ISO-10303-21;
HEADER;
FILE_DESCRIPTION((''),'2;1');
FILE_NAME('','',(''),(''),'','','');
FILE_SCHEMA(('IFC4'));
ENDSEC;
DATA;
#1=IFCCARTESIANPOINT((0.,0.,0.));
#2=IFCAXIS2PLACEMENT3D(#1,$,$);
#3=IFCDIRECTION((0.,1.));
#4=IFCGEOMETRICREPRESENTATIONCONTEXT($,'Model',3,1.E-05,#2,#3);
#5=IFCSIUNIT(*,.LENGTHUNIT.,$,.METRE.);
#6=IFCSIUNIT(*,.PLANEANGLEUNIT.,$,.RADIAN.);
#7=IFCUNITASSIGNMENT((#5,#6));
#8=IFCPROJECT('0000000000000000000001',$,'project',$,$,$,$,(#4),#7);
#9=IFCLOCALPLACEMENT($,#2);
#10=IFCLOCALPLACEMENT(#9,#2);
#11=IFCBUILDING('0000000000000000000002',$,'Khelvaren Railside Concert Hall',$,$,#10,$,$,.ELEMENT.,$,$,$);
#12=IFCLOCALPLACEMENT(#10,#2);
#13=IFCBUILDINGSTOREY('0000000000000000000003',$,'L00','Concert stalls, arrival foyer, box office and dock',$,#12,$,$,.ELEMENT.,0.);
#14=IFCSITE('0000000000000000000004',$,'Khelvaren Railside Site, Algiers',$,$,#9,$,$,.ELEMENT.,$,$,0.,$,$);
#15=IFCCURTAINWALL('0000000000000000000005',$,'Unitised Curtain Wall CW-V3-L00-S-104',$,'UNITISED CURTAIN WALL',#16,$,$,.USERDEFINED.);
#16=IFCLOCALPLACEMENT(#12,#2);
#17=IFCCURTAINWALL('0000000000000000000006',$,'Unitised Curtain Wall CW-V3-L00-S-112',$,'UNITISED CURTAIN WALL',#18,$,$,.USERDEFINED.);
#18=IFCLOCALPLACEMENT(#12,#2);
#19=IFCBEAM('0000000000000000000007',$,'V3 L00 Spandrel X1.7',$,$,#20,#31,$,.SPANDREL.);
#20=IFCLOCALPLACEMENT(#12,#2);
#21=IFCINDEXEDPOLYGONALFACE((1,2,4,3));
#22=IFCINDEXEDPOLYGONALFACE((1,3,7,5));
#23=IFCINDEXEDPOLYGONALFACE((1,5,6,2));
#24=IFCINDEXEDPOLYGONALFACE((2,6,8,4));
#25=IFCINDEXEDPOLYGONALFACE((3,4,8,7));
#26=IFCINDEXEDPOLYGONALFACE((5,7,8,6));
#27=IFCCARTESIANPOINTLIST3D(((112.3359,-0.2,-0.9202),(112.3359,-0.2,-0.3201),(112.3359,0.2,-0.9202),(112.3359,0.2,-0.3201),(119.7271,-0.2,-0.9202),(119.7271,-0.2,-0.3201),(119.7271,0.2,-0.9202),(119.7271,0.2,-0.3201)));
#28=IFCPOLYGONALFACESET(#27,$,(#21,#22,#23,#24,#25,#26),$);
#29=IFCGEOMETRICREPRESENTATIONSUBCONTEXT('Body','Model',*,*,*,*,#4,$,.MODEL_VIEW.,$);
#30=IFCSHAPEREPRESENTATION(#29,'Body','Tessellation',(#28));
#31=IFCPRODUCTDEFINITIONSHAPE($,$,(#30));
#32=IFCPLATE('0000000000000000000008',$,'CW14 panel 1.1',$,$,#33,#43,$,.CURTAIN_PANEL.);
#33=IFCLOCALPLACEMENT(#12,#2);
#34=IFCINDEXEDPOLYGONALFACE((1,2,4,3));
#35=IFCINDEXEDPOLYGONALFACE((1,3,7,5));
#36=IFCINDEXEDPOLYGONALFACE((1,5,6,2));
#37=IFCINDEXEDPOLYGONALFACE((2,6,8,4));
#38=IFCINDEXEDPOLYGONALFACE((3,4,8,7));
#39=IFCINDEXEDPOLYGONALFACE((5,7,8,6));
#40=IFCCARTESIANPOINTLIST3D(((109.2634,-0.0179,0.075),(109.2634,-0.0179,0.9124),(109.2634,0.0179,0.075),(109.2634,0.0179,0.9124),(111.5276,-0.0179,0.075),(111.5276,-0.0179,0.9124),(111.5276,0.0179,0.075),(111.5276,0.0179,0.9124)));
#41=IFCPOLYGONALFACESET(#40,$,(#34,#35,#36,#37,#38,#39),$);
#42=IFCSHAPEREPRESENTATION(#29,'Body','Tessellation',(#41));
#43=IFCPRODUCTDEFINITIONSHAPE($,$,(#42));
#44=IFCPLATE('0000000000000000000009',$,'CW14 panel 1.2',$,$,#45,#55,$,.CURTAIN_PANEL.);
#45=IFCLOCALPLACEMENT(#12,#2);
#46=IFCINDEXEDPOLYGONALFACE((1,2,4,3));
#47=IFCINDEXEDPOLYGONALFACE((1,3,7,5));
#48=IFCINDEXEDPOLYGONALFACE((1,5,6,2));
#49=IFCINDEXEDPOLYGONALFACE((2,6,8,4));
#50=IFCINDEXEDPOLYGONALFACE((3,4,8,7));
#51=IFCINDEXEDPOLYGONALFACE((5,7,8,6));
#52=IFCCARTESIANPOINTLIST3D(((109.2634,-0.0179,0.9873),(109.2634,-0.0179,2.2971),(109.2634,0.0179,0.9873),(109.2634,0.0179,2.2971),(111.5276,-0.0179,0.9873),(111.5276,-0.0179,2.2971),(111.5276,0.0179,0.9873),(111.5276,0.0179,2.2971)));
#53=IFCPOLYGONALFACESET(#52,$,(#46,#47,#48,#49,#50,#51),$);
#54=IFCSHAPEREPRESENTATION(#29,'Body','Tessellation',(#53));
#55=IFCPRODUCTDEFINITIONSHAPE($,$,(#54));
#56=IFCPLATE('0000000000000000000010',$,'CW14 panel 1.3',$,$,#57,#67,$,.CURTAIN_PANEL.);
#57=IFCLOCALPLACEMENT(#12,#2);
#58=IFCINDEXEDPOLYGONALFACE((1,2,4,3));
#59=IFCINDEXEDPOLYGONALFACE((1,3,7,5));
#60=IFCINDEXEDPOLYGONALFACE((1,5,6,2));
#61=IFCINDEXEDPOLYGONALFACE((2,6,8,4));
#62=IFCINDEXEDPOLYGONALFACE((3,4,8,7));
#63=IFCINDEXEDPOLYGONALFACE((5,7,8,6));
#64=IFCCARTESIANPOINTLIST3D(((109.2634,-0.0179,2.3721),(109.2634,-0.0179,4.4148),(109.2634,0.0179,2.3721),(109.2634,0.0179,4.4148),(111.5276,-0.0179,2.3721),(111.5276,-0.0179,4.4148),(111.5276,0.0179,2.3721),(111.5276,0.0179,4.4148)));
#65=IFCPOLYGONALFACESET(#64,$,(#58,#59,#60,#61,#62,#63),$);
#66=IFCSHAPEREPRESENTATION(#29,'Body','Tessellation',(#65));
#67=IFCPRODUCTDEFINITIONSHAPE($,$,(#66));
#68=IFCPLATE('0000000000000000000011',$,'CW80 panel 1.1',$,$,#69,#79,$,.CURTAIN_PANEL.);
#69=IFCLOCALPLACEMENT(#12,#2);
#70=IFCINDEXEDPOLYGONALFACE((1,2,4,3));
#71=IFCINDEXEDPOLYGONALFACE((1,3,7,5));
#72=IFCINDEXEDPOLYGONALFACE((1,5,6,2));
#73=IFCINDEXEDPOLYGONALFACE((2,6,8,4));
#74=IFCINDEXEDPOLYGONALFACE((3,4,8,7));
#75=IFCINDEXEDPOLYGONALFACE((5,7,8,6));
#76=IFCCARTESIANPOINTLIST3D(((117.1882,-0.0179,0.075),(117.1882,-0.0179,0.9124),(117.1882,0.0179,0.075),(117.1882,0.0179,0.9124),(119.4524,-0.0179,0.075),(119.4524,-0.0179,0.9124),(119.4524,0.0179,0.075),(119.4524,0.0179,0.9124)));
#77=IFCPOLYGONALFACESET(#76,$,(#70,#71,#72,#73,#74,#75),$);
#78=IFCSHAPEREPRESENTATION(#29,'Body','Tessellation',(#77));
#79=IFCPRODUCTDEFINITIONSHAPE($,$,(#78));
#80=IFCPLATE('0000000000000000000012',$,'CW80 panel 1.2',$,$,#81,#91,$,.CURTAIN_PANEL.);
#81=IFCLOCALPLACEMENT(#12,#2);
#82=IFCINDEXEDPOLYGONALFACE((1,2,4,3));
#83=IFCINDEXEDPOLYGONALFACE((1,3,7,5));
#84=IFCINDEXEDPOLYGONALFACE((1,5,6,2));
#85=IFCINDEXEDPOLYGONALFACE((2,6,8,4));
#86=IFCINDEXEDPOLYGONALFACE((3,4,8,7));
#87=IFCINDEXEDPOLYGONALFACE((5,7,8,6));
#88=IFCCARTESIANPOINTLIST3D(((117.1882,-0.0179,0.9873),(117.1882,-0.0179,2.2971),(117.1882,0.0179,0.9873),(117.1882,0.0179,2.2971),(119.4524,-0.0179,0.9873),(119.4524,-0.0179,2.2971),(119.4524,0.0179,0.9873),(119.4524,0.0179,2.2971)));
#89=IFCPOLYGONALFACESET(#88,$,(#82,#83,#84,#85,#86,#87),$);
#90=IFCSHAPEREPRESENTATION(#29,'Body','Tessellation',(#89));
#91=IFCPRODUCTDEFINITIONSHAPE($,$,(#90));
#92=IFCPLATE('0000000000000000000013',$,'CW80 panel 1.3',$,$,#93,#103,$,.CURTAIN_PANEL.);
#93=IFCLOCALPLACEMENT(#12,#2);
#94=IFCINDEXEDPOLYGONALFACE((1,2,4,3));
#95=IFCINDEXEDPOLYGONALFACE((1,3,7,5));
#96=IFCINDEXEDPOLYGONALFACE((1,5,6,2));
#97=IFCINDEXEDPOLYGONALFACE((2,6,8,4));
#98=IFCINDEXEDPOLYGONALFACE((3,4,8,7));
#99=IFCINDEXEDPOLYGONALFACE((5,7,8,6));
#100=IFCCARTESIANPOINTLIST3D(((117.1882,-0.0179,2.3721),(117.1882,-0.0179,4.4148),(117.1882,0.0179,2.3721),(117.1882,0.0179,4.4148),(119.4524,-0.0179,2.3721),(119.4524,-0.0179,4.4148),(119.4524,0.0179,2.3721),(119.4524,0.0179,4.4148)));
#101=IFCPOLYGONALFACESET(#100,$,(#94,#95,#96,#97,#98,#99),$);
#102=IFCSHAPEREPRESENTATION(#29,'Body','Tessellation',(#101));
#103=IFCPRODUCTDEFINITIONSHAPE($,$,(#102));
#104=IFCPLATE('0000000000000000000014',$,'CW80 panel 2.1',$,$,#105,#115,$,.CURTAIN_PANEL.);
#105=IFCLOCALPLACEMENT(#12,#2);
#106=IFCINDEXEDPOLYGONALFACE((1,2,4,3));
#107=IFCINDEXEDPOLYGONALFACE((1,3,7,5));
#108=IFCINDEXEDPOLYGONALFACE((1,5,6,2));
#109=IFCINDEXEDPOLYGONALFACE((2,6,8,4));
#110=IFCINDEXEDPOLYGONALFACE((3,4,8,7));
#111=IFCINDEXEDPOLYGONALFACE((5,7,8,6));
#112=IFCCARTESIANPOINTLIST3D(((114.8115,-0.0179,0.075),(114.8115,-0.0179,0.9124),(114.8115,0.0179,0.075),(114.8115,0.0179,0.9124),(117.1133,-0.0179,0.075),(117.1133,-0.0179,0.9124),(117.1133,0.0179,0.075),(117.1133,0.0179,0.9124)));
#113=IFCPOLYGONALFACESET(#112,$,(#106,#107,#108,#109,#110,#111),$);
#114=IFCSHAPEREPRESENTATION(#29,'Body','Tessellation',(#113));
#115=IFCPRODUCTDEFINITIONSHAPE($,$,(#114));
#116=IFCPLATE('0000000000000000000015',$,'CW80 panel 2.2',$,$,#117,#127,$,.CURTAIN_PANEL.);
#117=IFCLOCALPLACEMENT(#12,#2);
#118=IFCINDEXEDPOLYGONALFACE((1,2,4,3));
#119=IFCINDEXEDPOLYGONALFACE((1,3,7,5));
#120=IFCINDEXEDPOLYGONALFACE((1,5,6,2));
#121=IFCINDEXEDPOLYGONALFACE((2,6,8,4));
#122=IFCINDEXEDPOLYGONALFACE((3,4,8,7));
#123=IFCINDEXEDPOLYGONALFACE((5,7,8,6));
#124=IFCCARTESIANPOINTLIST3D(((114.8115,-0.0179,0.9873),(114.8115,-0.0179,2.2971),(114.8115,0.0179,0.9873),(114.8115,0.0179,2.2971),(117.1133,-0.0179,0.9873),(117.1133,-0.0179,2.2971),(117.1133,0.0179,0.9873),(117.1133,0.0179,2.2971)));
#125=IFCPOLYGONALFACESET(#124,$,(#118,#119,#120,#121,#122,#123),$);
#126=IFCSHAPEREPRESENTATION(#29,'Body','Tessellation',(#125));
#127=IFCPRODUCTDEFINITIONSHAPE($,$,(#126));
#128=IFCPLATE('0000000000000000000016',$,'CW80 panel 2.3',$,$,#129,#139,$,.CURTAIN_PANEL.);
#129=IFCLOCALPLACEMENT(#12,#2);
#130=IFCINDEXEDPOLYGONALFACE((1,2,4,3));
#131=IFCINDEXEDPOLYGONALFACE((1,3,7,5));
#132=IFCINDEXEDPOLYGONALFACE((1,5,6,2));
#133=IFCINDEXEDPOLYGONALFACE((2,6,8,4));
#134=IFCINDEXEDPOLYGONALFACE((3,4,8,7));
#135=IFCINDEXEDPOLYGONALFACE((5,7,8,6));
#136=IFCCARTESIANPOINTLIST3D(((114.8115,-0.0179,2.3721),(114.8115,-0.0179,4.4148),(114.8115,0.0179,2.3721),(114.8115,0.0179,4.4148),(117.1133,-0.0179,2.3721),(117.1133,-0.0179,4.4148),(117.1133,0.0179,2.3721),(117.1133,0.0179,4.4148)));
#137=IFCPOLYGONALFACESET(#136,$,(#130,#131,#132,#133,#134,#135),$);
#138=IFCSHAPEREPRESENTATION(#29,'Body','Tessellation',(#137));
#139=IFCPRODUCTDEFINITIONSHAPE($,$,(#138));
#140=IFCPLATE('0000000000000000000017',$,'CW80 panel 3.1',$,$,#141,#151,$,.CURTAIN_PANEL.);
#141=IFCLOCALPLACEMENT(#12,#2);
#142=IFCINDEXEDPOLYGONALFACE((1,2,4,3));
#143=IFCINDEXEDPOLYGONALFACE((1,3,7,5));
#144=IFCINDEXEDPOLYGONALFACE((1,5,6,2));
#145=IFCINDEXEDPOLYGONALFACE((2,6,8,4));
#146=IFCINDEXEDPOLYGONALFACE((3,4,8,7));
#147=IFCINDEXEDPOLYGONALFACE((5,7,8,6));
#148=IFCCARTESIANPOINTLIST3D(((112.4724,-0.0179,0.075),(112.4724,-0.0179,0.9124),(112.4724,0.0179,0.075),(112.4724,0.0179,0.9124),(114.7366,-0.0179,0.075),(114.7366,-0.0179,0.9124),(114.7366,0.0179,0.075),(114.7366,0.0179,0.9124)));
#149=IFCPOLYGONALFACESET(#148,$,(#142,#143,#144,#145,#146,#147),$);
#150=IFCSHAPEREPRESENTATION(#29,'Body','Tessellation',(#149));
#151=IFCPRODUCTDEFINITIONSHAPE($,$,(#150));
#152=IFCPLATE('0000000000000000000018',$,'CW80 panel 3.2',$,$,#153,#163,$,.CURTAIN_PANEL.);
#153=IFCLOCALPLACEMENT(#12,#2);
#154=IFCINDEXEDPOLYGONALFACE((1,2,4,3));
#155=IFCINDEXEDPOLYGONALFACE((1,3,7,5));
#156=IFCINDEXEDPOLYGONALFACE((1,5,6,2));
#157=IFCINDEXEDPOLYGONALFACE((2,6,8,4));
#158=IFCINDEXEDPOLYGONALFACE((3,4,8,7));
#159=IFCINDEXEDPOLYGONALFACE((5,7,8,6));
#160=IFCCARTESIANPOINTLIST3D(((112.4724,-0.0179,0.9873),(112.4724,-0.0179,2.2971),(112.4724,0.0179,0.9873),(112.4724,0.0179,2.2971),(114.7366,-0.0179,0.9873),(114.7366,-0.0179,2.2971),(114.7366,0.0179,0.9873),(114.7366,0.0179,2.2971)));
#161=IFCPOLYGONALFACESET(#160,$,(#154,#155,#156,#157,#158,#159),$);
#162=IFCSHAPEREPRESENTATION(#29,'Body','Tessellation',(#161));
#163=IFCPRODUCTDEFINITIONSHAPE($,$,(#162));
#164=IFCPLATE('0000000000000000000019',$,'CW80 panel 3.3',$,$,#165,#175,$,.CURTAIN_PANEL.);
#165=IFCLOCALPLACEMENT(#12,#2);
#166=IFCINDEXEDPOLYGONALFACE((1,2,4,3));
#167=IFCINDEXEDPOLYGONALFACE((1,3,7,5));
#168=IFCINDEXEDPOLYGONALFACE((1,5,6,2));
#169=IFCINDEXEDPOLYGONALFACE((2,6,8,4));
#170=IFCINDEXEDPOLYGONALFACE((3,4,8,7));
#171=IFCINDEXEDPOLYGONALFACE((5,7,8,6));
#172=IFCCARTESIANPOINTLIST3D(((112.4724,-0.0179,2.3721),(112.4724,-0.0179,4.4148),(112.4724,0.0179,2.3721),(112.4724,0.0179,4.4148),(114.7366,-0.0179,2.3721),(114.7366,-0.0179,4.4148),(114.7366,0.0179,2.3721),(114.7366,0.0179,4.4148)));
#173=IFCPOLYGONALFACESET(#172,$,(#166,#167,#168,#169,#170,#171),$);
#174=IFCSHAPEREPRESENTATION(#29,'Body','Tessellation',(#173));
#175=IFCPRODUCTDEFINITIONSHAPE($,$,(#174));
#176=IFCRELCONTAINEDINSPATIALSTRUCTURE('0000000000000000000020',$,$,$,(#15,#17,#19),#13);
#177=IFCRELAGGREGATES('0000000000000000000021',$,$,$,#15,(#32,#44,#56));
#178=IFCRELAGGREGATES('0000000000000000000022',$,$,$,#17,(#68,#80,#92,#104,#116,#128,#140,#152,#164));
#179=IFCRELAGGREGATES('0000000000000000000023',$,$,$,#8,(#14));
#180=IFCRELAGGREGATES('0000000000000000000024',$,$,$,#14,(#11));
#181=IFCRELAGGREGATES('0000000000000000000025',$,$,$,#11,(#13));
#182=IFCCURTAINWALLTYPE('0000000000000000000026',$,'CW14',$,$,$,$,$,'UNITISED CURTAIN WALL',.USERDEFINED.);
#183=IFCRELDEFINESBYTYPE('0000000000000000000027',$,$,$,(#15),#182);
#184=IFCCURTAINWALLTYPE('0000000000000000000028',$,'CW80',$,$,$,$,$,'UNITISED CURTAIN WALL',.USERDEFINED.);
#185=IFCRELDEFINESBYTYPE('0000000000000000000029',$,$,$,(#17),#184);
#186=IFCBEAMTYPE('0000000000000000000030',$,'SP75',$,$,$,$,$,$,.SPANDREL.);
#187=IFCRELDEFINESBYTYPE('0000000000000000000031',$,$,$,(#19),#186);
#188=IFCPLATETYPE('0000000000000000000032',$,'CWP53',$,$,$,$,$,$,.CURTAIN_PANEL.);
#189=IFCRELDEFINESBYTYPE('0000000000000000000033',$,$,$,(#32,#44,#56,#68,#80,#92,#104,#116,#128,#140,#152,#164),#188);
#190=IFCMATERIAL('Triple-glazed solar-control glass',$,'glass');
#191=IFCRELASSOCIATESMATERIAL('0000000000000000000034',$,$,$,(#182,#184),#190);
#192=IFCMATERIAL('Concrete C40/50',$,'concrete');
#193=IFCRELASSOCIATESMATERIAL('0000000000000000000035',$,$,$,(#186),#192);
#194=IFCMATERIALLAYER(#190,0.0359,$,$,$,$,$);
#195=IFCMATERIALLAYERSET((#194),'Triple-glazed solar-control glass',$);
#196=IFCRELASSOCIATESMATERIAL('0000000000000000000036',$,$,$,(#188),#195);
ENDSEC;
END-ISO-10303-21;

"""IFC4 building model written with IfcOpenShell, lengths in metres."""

from ifc_helpers import new_model, si_unit, direction, frame, origin, origin_2d, place, context, subcontext, project, spatial, rectangle, extrude, material, layer, layer_set, material_profile, profile_set, type_object, element, aggregate, save


model = new_model("IFC4")

# Units and contexts
model_context = context("Model", 3, precision=1e-05, world=origin(), true_north=direction((0.0, 1.0)))
body_context = subcontext(model_context, "Body", "Model", "MODEL_VIEW")
ifc_project = project(units=[si_unit("LENGTHUNIT", "METRE"), si_unit("PLANEANGLEUNIT", "RADIAN")], contexts=[model_context])

# Site, building, storey
site_placement = place(None, origin())
site = spatial("IfcSite", under=ifc_project, at=site_placement, Name="Khelvaren Railside Site, Algiers", CompositionType="ELEMENT", RefElevation=0.0)
building_placement = place(site_placement, origin())
building = spatial("IfcBuilding", under=site, at=building_placement, Name="Khelvaren Railside Concert Hall", CompositionType="ELEMENT")
storey_placement = place(building_placement, origin())
storey = spatial("IfcBuildingStorey", under=building, at=storey_placement, Name="L00", Description="Concert stalls, arrival foyer, box office and dock", CompositionType="ELEMENT", Elevation=0.0)

# Curtain walls
ifc_material_1 = material(Name="Triple-glazed solar-control glass", Category="glass")
curtain_wall_type_1 = type_object("IfcCurtainWallType", Name="CW14", ElementType="UNITISED CURTAIN WALL", PredefinedType="USERDEFINED", material=ifc_material_1)
curtain_wall_1_placement = place(storey_placement, origin())
curtain_wall_1 = element("IfcCurtainWall", 1, at=curtain_wall_1_placement, inside=storey, type_object=curtain_wall_type_1, Name="Unitised Curtain Wall CW-V3-L00-S-104", ObjectType="UNITISED CURTAIN WALL", PredefinedType="USERDEFINED")
curtain_wall_type_2 = type_object("IfcCurtainWallType", Name="CW80", ElementType="UNITISED CURTAIN WALL", PredefinedType="USERDEFINED", material=ifc_material_1)
curtain_wall_2_placement = place(storey_placement, origin())
curtain_wall_2 = element("IfcCurtainWall", 2, at=curtain_wall_2_placement, inside=storey, type_object=curtain_wall_type_2, Name="Unitised Curtain Wall CW-V3-L00-S-112", ObjectType="UNITISED CURTAIN WALL", PredefinedType="USERDEFINED")

# Beam
ifc_material_2 = material(Name="Concrete C40/50", Category="concrete")
ifc_material_profile_1 = material_profile(ifc_material_2, rectangle(XDim=0.3999, YDim=0.6001, at=origin_2d()), Name="RCB 400x600")
ifc_profile_set_1 = profile_set([ifc_material_profile_1], Name="Concrete C40/50")
beam_type_1 = type_object("IfcBeamType", Name="SP75", PredefinedType="SPANDREL", material=ifc_profile_set_1)
beam_1_placement = place(storey_placement, frame((112.3359, 0.0, -0.6201), z_axis=(1.0, 0.0, 0.0), x_axis=(0.0, 1.0, 0.0)))
element("IfcBeam", 3, at=beam_1_placement, inside=storey, type_object=beam_type_1, Name="V3 L00 Spandrel X1.7", PredefinedType="SPANDREL", context=body_context, shape_type="SweptSolid", body=[
    extrude(rectangle(XDim=0.3999, YDim=0.6001, at=origin_2d()), origin(), (0.0, 0.0, 1.0), 7.3911),
])

# Plates
ifc_layer = layer(ifc_material_1, 0.0359)
ifc_layer_set = layer_set([ifc_layer], Name="Triple-glazed solar-control glass")
plate_type = type_object("IfcPlateType", Name="CWP53", PredefinedType="CURTAIN_PANEL", material=ifc_layer_set)
plate_1_placement = place(storey_placement, frame((110.3955, 0.0, 0.075), z_axis=(0.0, 0.0, 1.0), x_axis=(-1.0, 0.0, 0.0)))
plate_1 = element("IfcPlate", 4, at=plate_1_placement, type_object=plate_type, Name="CW14 panel 1.1", PredefinedType="CURTAIN_PANEL", context=body_context, shape_type="SweptSolid", body=[
    extrude(rectangle(XDim=2.2642, YDim=0.0359, at=origin_2d()), origin(), (0.0, 0.0, 1.0), 0.8374),
])
plate_2_placement = place(storey_placement, frame((110.3955, 0.0, 0.9873), z_axis=(0.0, 0.0, 1.0), x_axis=(-1.0, 0.0, 0.0)))
plate_2 = element("IfcPlate", 5, at=plate_2_placement, type_object=plate_type, Name="CW14 panel 1.2", PredefinedType="CURTAIN_PANEL", context=body_context, shape_type="SweptSolid", body=[
    extrude(rectangle(XDim=2.2642, YDim=0.0359, at=origin_2d()), origin(), (0.0, 0.0, 1.0), 1.3098),
])
plate_3_placement = place(storey_placement, frame((110.3955, 0.0, 2.3721), z_axis=(0.0, 0.0, 1.0), x_axis=(-1.0, 0.0, 0.0)))
plate_3 = element("IfcPlate", 6, at=plate_3_placement, type_object=plate_type, Name="CW14 panel 1.3", PredefinedType="CURTAIN_PANEL", context=body_context, shape_type="SweptSolid", body=[
    extrude(rectangle(XDim=2.2642, YDim=0.0359, at=origin_2d()), origin(), (0.0, 0.0, 1.0), 2.0427),
])
aggregate(curtain_wall_1, [plate_1, plate_2, plate_3])
plate_4_placement = place(storey_placement, frame((118.3203, 0.0, 0.075), z_axis=(0.0, 0.0, 1.0), x_axis=(-1.0, 0.0, 0.0)))
plate_4 = element("IfcPlate", 7, at=plate_4_placement, type_object=plate_type, Name="CW80 panel 1.1", PredefinedType="CURTAIN_PANEL", context=body_context, shape_type="SweptSolid", body=[
    extrude(rectangle(XDim=2.2642, YDim=0.0359, at=origin_2d()), origin(), (0.0, 0.0, 1.0), 0.8374),
])
plate_5_placement = place(storey_placement, frame((118.3203, 0.0, 0.9873), z_axis=(0.0, 0.0, 1.0), x_axis=(-1.0, 0.0, 0.0)))
plate_5 = element("IfcPlate", 8, at=plate_5_placement, type_object=plate_type, Name="CW80 panel 1.2", PredefinedType="CURTAIN_PANEL", context=body_context, shape_type="SweptSolid", body=[
    extrude(rectangle(XDim=2.2642, YDim=0.0359, at=origin_2d()), origin(), (0.0, 0.0, 1.0), 1.3098),
])
plate_6_placement = place(storey_placement, frame((118.3203, 0.0, 2.3721), z_axis=(0.0, 0.0, 1.0), x_axis=(-1.0, 0.0, 0.0)))
plate_6 = element("IfcPlate", 9, at=plate_6_placement, type_object=plate_type, Name="CW80 panel 1.3", PredefinedType="CURTAIN_PANEL", context=body_context, shape_type="SweptSolid", body=[
    extrude(rectangle(XDim=2.2642, YDim=0.0359, at=origin_2d()), origin(), (0.0, 0.0, 1.0), 2.0427),
])
plate_7_placement = place(storey_placement, frame((115.9624, 0.0, 0.075), z_axis=(0.0, 0.0, 1.0), x_axis=(-1.0, 0.0, 0.0)))
plate_7 = element("IfcPlate", 10, at=plate_7_placement, type_object=plate_type, Name="CW80 panel 2.1", PredefinedType="CURTAIN_PANEL", context=body_context, shape_type="SweptSolid", body=[
    extrude(rectangle(XDim=2.3018, YDim=0.0359, at=origin_2d()), origin(), (0.0, 0.0, 1.0), 0.8374),
])
plate_8_placement = place(storey_placement, frame((115.9624, 0.0, 0.9873), z_axis=(0.0, 0.0, 1.0), x_axis=(-1.0, 0.0, 0.0)))
plate_8 = element("IfcPlate", 11, at=plate_8_placement, type_object=plate_type, Name="CW80 panel 2.2", PredefinedType="CURTAIN_PANEL", context=body_context, shape_type="SweptSolid", body=[
    extrude(rectangle(XDim=2.3018, YDim=0.0359, at=origin_2d()), origin(), (0.0, 0.0, 1.0), 1.3098),
])
plate_9_placement = place(storey_placement, frame((115.9624, 0.0, 2.3721), z_axis=(0.0, 0.0, 1.0), x_axis=(-1.0, 0.0, 0.0)))
plate_9 = element("IfcPlate", 12, at=plate_9_placement, type_object=plate_type, Name="CW80 panel 2.3", PredefinedType="CURTAIN_PANEL", context=body_context, shape_type="SweptSolid", body=[
    extrude(rectangle(XDim=2.3018, YDim=0.0359, at=origin_2d()), origin(), (0.0, 0.0, 1.0), 2.0427),
])
plate_10_placement = place(storey_placement, frame((113.6045, 0.0, 0.075), z_axis=(0.0, 0.0, 1.0), x_axis=(-1.0, 0.0, 0.0)))
plate_10 = element("IfcPlate", 13, at=plate_10_placement, type_object=plate_type, Name="CW80 panel 3.1", PredefinedType="CURTAIN_PANEL", context=body_context, shape_type="SweptSolid", body=[
    extrude(rectangle(XDim=2.2642, YDim=0.0359, at=origin_2d()), origin(), (0.0, 0.0, 1.0), 0.8374),
])
plate_11_placement = place(storey_placement, frame((113.6045, 0.0, 0.9873), z_axis=(0.0, 0.0, 1.0), x_axis=(-1.0, 0.0, 0.0)))
plate_11 = element("IfcPlate", 14, at=plate_11_placement, type_object=plate_type, Name="CW80 panel 3.2", PredefinedType="CURTAIN_PANEL", context=body_context, shape_type="SweptSolid", body=[
    extrude(rectangle(XDim=2.2642, YDim=0.0359, at=origin_2d()), origin(), (0.0, 0.0, 1.0), 1.3098),
])
plate_12_placement = place(storey_placement, frame((113.6045, 0.0, 2.3721), z_axis=(0.0, 0.0, 1.0), x_axis=(-1.0, 0.0, 0.0)))
plate_12 = element("IfcPlate", 15, at=plate_12_placement, type_object=plate_type, Name="CW80 panel 3.3", PredefinedType="CURTAIN_PANEL", context=body_context, shape_type="SweptSolid", body=[
    extrude(rectangle(XDim=2.2642, YDim=0.0359, at=origin_2d()), origin(), (0.0, 0.0, 1.0), 2.0427),
])
aggregate(curtain_wall_2, [plate_4, plate_5, plate_6, plate_7, plate_8, plate_9, plate_10, plate_11, plate_12])

save(model, "model.ifc")
